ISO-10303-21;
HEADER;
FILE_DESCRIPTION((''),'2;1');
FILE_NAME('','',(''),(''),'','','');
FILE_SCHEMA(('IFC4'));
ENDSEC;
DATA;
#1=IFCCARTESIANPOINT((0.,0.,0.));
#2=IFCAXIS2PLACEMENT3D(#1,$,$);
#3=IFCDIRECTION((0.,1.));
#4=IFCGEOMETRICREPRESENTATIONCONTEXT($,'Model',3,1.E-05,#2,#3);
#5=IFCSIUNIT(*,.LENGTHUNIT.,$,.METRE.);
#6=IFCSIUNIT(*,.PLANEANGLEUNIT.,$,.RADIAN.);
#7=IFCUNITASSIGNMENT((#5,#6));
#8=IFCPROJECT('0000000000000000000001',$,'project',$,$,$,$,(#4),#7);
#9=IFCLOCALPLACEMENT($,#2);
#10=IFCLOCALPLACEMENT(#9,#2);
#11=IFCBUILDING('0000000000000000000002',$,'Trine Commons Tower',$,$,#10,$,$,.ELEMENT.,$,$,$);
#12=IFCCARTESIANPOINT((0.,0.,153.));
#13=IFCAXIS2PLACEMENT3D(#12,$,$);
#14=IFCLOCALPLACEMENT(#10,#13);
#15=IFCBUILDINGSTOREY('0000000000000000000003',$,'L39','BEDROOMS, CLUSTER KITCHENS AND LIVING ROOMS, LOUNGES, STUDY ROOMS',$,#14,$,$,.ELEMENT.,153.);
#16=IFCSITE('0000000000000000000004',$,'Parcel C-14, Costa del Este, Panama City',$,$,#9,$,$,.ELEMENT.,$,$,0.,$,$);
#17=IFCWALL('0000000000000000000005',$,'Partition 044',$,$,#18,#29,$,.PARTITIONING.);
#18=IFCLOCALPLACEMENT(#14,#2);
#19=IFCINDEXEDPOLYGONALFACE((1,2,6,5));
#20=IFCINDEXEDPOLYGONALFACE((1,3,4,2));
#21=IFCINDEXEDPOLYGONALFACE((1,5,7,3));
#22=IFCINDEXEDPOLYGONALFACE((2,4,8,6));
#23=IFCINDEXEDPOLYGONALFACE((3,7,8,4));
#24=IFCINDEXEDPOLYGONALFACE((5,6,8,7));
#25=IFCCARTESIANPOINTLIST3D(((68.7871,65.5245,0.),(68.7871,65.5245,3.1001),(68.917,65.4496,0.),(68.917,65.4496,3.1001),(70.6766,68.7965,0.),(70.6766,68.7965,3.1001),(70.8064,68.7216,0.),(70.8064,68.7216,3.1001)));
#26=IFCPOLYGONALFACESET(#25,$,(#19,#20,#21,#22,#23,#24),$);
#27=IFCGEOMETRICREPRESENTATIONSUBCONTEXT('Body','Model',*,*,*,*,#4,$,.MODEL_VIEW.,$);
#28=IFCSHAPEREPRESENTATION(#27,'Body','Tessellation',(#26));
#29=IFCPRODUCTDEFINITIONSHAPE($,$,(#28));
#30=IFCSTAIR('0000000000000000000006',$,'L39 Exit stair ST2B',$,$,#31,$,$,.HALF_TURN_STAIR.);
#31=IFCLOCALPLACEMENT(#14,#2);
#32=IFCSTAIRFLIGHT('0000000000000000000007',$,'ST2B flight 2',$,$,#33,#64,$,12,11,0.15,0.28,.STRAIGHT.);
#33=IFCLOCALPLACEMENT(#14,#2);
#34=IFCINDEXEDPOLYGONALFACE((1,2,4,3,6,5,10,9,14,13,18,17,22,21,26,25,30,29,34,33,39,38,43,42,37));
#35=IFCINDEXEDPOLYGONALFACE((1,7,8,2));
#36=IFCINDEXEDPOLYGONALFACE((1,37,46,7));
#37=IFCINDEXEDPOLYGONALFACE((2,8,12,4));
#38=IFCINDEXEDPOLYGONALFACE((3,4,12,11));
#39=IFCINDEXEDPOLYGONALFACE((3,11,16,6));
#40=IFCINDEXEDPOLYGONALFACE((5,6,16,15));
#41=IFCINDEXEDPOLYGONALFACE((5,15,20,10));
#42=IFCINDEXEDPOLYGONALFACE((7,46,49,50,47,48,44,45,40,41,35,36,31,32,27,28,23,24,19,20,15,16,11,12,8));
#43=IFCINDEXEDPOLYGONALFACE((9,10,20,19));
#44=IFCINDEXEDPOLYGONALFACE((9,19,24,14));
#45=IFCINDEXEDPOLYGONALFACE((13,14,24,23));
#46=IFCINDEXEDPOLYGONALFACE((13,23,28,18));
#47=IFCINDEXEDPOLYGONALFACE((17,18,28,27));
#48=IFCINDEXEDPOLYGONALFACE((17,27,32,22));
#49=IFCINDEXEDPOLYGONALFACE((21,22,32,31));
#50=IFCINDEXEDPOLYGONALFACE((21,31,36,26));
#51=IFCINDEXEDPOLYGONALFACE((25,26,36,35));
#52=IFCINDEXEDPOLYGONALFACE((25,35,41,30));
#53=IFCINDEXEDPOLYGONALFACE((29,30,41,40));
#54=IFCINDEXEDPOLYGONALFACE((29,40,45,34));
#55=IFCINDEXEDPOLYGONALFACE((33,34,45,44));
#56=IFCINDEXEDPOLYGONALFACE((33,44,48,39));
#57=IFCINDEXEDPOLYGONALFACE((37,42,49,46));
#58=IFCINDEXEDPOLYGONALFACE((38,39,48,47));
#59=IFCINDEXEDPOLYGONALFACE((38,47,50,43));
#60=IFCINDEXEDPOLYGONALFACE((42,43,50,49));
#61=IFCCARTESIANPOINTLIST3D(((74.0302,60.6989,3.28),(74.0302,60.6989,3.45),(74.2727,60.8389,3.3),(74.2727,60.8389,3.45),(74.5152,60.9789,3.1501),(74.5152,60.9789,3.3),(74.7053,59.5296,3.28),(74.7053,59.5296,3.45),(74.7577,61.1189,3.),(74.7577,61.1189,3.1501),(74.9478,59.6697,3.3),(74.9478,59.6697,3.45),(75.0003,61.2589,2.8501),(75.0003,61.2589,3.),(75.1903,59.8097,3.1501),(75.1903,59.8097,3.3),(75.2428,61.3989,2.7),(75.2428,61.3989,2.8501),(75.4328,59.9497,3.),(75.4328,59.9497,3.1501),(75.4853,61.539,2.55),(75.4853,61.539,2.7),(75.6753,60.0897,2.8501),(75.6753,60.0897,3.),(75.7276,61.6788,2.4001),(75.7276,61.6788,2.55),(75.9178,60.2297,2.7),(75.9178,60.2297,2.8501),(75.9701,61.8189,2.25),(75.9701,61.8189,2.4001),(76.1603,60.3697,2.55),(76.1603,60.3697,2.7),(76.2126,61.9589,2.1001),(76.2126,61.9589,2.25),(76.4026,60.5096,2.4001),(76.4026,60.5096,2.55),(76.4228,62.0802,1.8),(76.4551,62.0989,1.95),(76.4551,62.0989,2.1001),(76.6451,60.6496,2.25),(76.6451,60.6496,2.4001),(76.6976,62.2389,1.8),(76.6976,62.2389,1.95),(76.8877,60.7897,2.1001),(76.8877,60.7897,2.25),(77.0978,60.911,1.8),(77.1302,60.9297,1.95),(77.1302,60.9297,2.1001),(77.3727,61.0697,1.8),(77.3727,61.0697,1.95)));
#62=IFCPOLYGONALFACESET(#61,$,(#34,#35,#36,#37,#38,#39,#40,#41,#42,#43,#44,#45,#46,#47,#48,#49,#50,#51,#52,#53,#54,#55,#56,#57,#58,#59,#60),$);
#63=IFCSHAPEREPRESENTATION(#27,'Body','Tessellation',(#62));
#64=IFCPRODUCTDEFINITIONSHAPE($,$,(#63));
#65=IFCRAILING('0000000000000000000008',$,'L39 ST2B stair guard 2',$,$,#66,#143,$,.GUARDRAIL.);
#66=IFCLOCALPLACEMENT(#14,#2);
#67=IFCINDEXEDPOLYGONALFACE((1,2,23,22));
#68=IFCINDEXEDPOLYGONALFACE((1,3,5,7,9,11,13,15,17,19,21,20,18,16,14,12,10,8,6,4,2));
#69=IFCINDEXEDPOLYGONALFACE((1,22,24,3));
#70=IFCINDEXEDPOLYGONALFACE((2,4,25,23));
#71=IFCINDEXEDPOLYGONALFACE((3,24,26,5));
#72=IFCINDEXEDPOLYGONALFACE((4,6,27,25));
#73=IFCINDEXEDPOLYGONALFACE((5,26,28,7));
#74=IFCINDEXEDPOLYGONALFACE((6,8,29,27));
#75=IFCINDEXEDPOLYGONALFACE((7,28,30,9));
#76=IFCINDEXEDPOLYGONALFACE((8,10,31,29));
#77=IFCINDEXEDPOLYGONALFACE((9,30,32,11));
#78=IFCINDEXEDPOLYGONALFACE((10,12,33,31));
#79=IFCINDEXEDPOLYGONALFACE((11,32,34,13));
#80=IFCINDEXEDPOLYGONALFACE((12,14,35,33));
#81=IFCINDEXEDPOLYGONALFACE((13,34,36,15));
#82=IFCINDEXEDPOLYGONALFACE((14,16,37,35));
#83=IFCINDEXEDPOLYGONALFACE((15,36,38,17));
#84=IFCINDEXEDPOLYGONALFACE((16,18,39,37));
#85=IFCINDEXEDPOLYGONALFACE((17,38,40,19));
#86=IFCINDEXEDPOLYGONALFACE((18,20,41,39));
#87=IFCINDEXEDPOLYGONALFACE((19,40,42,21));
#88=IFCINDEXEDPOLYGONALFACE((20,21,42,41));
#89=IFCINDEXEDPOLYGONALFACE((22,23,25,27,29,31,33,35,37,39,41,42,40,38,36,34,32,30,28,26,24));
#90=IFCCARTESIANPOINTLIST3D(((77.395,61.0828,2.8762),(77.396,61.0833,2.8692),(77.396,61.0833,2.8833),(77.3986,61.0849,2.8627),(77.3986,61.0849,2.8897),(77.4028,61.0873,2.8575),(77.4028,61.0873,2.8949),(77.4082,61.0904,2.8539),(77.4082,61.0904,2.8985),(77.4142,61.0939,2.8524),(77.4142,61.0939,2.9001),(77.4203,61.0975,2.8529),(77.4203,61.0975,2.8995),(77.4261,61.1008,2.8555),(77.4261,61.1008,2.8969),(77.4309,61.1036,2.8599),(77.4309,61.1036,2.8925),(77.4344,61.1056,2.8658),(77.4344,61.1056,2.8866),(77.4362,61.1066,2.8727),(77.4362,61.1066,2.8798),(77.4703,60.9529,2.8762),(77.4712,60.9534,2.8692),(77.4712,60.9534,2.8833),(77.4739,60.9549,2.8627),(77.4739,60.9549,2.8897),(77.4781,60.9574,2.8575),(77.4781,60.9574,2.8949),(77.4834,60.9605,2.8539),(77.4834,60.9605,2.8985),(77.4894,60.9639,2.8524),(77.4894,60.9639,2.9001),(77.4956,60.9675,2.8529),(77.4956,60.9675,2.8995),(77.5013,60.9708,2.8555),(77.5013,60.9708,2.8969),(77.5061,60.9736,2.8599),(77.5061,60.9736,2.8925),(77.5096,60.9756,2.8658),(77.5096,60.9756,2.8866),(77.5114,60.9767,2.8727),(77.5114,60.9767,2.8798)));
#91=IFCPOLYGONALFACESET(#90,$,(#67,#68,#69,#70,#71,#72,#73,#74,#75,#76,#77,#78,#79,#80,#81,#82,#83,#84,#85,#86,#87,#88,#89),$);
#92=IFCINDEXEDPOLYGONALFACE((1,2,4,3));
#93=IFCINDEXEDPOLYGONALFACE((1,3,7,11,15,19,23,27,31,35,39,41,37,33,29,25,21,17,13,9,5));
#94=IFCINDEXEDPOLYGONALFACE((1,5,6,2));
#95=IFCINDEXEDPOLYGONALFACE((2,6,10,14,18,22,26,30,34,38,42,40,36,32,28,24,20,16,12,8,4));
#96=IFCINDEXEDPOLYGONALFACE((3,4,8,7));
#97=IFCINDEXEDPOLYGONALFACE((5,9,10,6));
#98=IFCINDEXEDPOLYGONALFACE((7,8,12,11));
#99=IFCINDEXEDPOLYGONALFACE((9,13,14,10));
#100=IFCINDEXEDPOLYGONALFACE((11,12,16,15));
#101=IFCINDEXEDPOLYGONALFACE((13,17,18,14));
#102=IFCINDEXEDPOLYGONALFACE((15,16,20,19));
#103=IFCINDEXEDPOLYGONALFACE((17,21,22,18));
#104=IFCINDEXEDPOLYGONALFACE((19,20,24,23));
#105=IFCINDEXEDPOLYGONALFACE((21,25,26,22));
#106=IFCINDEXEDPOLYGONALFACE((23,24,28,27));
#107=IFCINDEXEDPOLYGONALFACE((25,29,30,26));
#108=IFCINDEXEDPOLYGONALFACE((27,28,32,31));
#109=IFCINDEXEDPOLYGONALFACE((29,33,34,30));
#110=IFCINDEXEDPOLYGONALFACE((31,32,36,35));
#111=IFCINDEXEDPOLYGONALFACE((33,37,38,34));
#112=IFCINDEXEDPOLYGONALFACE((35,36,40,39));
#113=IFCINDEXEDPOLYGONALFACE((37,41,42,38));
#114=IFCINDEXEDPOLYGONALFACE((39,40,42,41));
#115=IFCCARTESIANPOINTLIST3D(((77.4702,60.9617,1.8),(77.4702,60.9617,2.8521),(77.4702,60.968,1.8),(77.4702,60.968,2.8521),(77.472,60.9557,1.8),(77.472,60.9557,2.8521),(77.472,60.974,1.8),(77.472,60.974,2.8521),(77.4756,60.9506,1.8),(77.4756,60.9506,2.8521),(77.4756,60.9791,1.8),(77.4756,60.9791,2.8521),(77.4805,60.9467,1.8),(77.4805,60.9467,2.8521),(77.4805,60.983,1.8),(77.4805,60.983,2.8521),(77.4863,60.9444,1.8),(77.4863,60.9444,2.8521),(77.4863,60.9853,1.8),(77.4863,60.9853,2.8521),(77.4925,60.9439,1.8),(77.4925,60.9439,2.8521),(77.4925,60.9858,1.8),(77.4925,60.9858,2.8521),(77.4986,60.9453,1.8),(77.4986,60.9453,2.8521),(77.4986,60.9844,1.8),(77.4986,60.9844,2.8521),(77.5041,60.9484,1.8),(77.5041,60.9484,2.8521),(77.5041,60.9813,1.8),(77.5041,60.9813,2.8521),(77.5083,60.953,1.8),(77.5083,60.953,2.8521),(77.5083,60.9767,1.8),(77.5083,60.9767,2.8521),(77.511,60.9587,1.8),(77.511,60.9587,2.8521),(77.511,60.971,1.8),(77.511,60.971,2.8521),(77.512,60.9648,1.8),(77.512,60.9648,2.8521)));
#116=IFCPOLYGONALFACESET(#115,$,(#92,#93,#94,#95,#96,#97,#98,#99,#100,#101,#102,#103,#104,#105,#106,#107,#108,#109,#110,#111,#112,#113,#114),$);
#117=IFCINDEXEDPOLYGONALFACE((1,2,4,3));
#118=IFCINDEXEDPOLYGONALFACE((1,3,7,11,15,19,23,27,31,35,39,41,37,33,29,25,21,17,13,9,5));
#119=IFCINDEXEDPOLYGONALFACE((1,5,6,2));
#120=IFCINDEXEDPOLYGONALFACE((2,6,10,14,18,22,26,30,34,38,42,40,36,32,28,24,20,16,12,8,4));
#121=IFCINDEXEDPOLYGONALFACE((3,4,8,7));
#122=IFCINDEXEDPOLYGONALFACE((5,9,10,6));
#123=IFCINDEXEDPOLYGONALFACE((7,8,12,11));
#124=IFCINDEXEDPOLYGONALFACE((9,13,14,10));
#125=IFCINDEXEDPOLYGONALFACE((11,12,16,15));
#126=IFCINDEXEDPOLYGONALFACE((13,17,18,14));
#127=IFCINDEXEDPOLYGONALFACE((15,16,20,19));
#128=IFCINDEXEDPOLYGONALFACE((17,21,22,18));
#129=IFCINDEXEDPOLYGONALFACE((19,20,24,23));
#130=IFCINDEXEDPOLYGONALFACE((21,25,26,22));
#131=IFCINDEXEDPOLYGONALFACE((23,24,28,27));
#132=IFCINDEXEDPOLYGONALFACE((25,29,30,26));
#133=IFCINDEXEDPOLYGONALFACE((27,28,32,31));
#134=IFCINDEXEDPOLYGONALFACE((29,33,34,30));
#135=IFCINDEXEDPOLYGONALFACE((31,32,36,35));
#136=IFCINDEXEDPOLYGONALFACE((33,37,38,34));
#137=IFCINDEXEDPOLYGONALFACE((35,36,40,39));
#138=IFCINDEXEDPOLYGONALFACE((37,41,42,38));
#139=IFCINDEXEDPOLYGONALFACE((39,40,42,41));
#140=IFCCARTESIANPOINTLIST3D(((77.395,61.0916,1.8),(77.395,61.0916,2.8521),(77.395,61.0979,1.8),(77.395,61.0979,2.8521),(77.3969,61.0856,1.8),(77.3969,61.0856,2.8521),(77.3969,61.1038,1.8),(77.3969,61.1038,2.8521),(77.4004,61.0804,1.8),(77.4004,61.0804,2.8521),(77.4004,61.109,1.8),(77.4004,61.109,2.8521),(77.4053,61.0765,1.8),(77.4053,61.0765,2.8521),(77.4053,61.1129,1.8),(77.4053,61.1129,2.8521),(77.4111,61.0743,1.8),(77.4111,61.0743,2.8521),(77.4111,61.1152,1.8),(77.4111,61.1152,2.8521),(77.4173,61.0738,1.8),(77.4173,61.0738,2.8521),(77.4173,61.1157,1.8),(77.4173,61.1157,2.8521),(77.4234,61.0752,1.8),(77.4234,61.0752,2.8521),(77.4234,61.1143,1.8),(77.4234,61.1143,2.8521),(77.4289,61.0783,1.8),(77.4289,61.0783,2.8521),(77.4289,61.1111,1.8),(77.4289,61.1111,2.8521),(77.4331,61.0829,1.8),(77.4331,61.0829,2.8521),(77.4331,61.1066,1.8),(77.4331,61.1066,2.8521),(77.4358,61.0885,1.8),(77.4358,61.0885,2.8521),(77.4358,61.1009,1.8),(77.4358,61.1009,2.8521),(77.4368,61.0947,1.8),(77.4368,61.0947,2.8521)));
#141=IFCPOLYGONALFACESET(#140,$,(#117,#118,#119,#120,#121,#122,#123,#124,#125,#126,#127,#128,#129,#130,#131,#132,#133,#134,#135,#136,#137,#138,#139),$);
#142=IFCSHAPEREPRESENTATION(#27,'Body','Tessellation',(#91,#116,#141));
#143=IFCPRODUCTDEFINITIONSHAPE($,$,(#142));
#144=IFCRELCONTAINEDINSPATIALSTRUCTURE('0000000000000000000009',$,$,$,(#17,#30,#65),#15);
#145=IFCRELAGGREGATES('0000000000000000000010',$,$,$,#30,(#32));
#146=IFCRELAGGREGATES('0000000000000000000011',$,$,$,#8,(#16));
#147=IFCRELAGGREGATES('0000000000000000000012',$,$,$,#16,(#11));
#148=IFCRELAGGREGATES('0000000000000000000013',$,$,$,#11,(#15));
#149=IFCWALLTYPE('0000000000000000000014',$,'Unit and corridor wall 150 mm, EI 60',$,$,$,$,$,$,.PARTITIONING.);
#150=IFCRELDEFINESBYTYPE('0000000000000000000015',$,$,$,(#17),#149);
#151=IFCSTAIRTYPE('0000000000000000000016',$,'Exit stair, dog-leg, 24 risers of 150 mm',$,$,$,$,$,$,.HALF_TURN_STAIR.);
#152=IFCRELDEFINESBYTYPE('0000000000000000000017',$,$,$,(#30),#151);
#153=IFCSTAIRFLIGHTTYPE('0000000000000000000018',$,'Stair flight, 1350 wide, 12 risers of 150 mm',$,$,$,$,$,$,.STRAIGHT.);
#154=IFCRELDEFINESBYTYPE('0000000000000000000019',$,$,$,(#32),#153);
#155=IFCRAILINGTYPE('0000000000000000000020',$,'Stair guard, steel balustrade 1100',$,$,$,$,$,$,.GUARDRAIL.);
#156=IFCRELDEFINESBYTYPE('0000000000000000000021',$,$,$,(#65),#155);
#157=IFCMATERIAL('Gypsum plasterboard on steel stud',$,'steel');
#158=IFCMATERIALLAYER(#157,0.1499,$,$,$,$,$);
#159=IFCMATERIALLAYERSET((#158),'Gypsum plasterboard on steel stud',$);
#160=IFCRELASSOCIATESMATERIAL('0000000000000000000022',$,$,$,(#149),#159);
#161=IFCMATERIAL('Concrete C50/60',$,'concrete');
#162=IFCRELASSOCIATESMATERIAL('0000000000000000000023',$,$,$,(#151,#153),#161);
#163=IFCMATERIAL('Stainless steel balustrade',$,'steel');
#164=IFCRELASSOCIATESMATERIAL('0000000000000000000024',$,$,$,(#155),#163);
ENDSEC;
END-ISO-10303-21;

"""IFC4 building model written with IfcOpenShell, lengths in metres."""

from ifc_helpers import new_model, si_unit, direction, frame, frame_2d, origin, origin_2d, place, context, subcontext, project, spatial, polyline, rectangle, circle, outline, extrude, material, layer, layer_set, type_object, element, aggregate, save


model = new_model("IFC4")

# Units and contexts
model_context = context("Model", 3, precision=1e-05, world=origin(), true_north=direction((0.0, 1.0)))
body_context = subcontext(model_context, "Body", "Model", "MODEL_VIEW")
ifc_project = project(units=[si_unit("LENGTHUNIT", "METRE"), si_unit("PLANEANGLEUNIT", "RADIAN")], contexts=[model_context])

# Site, building, storey
site_placement = place(None, origin())
site = spatial("IfcSite", under=ifc_project, at=site_placement, Name="Parcel C-14, Costa del Este, Panama City", CompositionType="ELEMENT", RefElevation=0.0)
building_placement = place(site_placement, origin())
building = spatial("IfcBuilding", under=site, at=building_placement, Name="Trine Commons Tower", CompositionType="ELEMENT")
storey_placement = place(building_placement, frame((0.0, 0.0, 153.0)))
storey = spatial("IfcBuildingStorey", under=building, at=storey_placement, Name="L39", Description="BEDROOMS, CLUSTER KITCHENS AND LIVING ROOMS, LOUNGES, STUDY ROOMS", CompositionType="ELEMENT", Elevation=153.0)

# Shared definitions
ifc_material_1 = material(Name="Concrete C50/60", Category="concrete")

# Shared definitions
ifc_material_2 = material(Name="Gypsum plasterboard on steel stud", Category="steel")
ifc_layer_1 = layer(ifc_material_2, 0.1499)
ifc_layer_set_1 = layer_set([ifc_layer_1], Name="Gypsum plasterboard on steel stud")
wall_type_1 = type_object("IfcWallType", Name="Unit and corridor wall 150 mm, EI 60", PredefinedType="PARTITIONING", material=ifc_layer_set_1)

# Wall
wall_1_placement = place(storey_placement, frame((68.8521, 65.4871, 0.0), z_axis=(0.0, 0.0, 1.0), x_axis=(0.500066, 0.865988, 0.0)))
element("IfcWall", 1, at=wall_1_placement, inside=storey, type_object=wall_type_1, Name="Partition 044", PredefinedType="PARTITIONING", context=body_context, shape_type="SweptSolid", body=[
    extrude(rectangle(XDim=3.7783, YDim=0.1499, at=frame_2d((1.8892, 0.0))), origin(), (0.0, 0.0, 1.0), 3.1001),
])

# Stair, stair flight
stair_type = type_object("IfcStairType", Name="Exit stair, dog-leg, 24 risers of 150 mm", PredefinedType="HALF_TURN_STAIR", material=ifc_material_1)
stair_placement = place(storey_placement, origin())
stair = element("IfcStair", 2, at=stair_placement, inside=storey, type_object=stair_type, Name="L39 Exit stair ST2B", PredefinedType="HALF_TURN_STAIR")
stair_flight_type = type_object("IfcStairFlightType", Name="Stair flight, 1350 wide, 12 risers of 150 mm", PredefinedType="STRAIGHT", material=ifc_material_1)
stair_flight_placement = place(storey_placement, frame((77.0352, 61.6543, 1.8), z_axis=(0.0, 0.0, 1.0), x_axis=(-0.866025, -0.5, 0.0)))
stair_flight = element("IfcStairFlight", 3, at=stair_flight_placement, type_object=stair_flight_type, Name="ST2B flight 2", NumberOfRisers=12, NumberOfTreads=11, PredefinedType="STRAIGHT", RiserHeight=0.15, TreadLength=0.28, context=body_context, shape_type="SweptSolid", body=[
    extrude(outline(polyline([(0.0, 0.0), (0.0, 0.1499), (0.28, 0.1499), (0.28, 0.3), (0.5601, 0.3), (0.5601, 0.45), (0.8401, 0.45), (0.8401, 0.6001), (1.1201, 0.6001), (1.1201, 0.75), (1.3999, 0.75), (1.3999, 0.8999), (1.6799, 0.8999), (1.6799, 1.05), (1.96, 1.05), (1.96, 1.2), (2.24, 1.2), (2.24, 1.3501), (2.52, 1.3501), (2.52, 1.5), (2.8, 1.5), (2.8, 1.6499), (3.0801, 1.6499), (3.0801, 1.8), (3.0801, 1.48), (0.3174, 0.0), (0.0, 0.0)])), frame((0.0, 0.675, 0.0), z_axis=(0.0, -1.0, 0.0), x_axis=(1.0, 0.0, 0.0)), (0.0, 0.0, 1.0), 1.3501),
])
aggregate(stair, [stair_flight])

# Railing
ifc_material_3 = material(Name="Stainless steel balustrade", Category="steel")
railing_type_1 = type_object("IfcRailingType", Name="Stair guard, steel balustrade 1100", PredefinedType="GUARDRAIL", material=ifc_material_3)
railing_1_placement = place(storey_placement, frame((77.491, 60.9648, 1.8)))
element("IfcRailing", 4, at=railing_1_placement, inside=storey, type_object=railing_type_1, Name="L39 ST2B stair guard 2", PredefinedType="GUARDRAIL", context=body_context, shape_type="SweptSolid", body=[
    extrude(circle(Radius=0.0239, at=origin_2d()), frame((0.0, 0.0, 1.0762), z_axis=(-0.501036, 0.865426, 0.0), x_axis=(-0.865426, -0.501036, 0.0)), (0.0, 0.0, 1.0), 0.1501),
    extrude(circle(Radius=0.021, at=origin_2d()), origin(), (0.0, 0.0, 1.0), 1.052),
    extrude(circle(Radius=0.021, at=origin_2d()), frame((-0.0752, 0.1299, 0.0)), (0.0, 0.0, 1.0), 1.052),
])

save(model, "model.ifc")
